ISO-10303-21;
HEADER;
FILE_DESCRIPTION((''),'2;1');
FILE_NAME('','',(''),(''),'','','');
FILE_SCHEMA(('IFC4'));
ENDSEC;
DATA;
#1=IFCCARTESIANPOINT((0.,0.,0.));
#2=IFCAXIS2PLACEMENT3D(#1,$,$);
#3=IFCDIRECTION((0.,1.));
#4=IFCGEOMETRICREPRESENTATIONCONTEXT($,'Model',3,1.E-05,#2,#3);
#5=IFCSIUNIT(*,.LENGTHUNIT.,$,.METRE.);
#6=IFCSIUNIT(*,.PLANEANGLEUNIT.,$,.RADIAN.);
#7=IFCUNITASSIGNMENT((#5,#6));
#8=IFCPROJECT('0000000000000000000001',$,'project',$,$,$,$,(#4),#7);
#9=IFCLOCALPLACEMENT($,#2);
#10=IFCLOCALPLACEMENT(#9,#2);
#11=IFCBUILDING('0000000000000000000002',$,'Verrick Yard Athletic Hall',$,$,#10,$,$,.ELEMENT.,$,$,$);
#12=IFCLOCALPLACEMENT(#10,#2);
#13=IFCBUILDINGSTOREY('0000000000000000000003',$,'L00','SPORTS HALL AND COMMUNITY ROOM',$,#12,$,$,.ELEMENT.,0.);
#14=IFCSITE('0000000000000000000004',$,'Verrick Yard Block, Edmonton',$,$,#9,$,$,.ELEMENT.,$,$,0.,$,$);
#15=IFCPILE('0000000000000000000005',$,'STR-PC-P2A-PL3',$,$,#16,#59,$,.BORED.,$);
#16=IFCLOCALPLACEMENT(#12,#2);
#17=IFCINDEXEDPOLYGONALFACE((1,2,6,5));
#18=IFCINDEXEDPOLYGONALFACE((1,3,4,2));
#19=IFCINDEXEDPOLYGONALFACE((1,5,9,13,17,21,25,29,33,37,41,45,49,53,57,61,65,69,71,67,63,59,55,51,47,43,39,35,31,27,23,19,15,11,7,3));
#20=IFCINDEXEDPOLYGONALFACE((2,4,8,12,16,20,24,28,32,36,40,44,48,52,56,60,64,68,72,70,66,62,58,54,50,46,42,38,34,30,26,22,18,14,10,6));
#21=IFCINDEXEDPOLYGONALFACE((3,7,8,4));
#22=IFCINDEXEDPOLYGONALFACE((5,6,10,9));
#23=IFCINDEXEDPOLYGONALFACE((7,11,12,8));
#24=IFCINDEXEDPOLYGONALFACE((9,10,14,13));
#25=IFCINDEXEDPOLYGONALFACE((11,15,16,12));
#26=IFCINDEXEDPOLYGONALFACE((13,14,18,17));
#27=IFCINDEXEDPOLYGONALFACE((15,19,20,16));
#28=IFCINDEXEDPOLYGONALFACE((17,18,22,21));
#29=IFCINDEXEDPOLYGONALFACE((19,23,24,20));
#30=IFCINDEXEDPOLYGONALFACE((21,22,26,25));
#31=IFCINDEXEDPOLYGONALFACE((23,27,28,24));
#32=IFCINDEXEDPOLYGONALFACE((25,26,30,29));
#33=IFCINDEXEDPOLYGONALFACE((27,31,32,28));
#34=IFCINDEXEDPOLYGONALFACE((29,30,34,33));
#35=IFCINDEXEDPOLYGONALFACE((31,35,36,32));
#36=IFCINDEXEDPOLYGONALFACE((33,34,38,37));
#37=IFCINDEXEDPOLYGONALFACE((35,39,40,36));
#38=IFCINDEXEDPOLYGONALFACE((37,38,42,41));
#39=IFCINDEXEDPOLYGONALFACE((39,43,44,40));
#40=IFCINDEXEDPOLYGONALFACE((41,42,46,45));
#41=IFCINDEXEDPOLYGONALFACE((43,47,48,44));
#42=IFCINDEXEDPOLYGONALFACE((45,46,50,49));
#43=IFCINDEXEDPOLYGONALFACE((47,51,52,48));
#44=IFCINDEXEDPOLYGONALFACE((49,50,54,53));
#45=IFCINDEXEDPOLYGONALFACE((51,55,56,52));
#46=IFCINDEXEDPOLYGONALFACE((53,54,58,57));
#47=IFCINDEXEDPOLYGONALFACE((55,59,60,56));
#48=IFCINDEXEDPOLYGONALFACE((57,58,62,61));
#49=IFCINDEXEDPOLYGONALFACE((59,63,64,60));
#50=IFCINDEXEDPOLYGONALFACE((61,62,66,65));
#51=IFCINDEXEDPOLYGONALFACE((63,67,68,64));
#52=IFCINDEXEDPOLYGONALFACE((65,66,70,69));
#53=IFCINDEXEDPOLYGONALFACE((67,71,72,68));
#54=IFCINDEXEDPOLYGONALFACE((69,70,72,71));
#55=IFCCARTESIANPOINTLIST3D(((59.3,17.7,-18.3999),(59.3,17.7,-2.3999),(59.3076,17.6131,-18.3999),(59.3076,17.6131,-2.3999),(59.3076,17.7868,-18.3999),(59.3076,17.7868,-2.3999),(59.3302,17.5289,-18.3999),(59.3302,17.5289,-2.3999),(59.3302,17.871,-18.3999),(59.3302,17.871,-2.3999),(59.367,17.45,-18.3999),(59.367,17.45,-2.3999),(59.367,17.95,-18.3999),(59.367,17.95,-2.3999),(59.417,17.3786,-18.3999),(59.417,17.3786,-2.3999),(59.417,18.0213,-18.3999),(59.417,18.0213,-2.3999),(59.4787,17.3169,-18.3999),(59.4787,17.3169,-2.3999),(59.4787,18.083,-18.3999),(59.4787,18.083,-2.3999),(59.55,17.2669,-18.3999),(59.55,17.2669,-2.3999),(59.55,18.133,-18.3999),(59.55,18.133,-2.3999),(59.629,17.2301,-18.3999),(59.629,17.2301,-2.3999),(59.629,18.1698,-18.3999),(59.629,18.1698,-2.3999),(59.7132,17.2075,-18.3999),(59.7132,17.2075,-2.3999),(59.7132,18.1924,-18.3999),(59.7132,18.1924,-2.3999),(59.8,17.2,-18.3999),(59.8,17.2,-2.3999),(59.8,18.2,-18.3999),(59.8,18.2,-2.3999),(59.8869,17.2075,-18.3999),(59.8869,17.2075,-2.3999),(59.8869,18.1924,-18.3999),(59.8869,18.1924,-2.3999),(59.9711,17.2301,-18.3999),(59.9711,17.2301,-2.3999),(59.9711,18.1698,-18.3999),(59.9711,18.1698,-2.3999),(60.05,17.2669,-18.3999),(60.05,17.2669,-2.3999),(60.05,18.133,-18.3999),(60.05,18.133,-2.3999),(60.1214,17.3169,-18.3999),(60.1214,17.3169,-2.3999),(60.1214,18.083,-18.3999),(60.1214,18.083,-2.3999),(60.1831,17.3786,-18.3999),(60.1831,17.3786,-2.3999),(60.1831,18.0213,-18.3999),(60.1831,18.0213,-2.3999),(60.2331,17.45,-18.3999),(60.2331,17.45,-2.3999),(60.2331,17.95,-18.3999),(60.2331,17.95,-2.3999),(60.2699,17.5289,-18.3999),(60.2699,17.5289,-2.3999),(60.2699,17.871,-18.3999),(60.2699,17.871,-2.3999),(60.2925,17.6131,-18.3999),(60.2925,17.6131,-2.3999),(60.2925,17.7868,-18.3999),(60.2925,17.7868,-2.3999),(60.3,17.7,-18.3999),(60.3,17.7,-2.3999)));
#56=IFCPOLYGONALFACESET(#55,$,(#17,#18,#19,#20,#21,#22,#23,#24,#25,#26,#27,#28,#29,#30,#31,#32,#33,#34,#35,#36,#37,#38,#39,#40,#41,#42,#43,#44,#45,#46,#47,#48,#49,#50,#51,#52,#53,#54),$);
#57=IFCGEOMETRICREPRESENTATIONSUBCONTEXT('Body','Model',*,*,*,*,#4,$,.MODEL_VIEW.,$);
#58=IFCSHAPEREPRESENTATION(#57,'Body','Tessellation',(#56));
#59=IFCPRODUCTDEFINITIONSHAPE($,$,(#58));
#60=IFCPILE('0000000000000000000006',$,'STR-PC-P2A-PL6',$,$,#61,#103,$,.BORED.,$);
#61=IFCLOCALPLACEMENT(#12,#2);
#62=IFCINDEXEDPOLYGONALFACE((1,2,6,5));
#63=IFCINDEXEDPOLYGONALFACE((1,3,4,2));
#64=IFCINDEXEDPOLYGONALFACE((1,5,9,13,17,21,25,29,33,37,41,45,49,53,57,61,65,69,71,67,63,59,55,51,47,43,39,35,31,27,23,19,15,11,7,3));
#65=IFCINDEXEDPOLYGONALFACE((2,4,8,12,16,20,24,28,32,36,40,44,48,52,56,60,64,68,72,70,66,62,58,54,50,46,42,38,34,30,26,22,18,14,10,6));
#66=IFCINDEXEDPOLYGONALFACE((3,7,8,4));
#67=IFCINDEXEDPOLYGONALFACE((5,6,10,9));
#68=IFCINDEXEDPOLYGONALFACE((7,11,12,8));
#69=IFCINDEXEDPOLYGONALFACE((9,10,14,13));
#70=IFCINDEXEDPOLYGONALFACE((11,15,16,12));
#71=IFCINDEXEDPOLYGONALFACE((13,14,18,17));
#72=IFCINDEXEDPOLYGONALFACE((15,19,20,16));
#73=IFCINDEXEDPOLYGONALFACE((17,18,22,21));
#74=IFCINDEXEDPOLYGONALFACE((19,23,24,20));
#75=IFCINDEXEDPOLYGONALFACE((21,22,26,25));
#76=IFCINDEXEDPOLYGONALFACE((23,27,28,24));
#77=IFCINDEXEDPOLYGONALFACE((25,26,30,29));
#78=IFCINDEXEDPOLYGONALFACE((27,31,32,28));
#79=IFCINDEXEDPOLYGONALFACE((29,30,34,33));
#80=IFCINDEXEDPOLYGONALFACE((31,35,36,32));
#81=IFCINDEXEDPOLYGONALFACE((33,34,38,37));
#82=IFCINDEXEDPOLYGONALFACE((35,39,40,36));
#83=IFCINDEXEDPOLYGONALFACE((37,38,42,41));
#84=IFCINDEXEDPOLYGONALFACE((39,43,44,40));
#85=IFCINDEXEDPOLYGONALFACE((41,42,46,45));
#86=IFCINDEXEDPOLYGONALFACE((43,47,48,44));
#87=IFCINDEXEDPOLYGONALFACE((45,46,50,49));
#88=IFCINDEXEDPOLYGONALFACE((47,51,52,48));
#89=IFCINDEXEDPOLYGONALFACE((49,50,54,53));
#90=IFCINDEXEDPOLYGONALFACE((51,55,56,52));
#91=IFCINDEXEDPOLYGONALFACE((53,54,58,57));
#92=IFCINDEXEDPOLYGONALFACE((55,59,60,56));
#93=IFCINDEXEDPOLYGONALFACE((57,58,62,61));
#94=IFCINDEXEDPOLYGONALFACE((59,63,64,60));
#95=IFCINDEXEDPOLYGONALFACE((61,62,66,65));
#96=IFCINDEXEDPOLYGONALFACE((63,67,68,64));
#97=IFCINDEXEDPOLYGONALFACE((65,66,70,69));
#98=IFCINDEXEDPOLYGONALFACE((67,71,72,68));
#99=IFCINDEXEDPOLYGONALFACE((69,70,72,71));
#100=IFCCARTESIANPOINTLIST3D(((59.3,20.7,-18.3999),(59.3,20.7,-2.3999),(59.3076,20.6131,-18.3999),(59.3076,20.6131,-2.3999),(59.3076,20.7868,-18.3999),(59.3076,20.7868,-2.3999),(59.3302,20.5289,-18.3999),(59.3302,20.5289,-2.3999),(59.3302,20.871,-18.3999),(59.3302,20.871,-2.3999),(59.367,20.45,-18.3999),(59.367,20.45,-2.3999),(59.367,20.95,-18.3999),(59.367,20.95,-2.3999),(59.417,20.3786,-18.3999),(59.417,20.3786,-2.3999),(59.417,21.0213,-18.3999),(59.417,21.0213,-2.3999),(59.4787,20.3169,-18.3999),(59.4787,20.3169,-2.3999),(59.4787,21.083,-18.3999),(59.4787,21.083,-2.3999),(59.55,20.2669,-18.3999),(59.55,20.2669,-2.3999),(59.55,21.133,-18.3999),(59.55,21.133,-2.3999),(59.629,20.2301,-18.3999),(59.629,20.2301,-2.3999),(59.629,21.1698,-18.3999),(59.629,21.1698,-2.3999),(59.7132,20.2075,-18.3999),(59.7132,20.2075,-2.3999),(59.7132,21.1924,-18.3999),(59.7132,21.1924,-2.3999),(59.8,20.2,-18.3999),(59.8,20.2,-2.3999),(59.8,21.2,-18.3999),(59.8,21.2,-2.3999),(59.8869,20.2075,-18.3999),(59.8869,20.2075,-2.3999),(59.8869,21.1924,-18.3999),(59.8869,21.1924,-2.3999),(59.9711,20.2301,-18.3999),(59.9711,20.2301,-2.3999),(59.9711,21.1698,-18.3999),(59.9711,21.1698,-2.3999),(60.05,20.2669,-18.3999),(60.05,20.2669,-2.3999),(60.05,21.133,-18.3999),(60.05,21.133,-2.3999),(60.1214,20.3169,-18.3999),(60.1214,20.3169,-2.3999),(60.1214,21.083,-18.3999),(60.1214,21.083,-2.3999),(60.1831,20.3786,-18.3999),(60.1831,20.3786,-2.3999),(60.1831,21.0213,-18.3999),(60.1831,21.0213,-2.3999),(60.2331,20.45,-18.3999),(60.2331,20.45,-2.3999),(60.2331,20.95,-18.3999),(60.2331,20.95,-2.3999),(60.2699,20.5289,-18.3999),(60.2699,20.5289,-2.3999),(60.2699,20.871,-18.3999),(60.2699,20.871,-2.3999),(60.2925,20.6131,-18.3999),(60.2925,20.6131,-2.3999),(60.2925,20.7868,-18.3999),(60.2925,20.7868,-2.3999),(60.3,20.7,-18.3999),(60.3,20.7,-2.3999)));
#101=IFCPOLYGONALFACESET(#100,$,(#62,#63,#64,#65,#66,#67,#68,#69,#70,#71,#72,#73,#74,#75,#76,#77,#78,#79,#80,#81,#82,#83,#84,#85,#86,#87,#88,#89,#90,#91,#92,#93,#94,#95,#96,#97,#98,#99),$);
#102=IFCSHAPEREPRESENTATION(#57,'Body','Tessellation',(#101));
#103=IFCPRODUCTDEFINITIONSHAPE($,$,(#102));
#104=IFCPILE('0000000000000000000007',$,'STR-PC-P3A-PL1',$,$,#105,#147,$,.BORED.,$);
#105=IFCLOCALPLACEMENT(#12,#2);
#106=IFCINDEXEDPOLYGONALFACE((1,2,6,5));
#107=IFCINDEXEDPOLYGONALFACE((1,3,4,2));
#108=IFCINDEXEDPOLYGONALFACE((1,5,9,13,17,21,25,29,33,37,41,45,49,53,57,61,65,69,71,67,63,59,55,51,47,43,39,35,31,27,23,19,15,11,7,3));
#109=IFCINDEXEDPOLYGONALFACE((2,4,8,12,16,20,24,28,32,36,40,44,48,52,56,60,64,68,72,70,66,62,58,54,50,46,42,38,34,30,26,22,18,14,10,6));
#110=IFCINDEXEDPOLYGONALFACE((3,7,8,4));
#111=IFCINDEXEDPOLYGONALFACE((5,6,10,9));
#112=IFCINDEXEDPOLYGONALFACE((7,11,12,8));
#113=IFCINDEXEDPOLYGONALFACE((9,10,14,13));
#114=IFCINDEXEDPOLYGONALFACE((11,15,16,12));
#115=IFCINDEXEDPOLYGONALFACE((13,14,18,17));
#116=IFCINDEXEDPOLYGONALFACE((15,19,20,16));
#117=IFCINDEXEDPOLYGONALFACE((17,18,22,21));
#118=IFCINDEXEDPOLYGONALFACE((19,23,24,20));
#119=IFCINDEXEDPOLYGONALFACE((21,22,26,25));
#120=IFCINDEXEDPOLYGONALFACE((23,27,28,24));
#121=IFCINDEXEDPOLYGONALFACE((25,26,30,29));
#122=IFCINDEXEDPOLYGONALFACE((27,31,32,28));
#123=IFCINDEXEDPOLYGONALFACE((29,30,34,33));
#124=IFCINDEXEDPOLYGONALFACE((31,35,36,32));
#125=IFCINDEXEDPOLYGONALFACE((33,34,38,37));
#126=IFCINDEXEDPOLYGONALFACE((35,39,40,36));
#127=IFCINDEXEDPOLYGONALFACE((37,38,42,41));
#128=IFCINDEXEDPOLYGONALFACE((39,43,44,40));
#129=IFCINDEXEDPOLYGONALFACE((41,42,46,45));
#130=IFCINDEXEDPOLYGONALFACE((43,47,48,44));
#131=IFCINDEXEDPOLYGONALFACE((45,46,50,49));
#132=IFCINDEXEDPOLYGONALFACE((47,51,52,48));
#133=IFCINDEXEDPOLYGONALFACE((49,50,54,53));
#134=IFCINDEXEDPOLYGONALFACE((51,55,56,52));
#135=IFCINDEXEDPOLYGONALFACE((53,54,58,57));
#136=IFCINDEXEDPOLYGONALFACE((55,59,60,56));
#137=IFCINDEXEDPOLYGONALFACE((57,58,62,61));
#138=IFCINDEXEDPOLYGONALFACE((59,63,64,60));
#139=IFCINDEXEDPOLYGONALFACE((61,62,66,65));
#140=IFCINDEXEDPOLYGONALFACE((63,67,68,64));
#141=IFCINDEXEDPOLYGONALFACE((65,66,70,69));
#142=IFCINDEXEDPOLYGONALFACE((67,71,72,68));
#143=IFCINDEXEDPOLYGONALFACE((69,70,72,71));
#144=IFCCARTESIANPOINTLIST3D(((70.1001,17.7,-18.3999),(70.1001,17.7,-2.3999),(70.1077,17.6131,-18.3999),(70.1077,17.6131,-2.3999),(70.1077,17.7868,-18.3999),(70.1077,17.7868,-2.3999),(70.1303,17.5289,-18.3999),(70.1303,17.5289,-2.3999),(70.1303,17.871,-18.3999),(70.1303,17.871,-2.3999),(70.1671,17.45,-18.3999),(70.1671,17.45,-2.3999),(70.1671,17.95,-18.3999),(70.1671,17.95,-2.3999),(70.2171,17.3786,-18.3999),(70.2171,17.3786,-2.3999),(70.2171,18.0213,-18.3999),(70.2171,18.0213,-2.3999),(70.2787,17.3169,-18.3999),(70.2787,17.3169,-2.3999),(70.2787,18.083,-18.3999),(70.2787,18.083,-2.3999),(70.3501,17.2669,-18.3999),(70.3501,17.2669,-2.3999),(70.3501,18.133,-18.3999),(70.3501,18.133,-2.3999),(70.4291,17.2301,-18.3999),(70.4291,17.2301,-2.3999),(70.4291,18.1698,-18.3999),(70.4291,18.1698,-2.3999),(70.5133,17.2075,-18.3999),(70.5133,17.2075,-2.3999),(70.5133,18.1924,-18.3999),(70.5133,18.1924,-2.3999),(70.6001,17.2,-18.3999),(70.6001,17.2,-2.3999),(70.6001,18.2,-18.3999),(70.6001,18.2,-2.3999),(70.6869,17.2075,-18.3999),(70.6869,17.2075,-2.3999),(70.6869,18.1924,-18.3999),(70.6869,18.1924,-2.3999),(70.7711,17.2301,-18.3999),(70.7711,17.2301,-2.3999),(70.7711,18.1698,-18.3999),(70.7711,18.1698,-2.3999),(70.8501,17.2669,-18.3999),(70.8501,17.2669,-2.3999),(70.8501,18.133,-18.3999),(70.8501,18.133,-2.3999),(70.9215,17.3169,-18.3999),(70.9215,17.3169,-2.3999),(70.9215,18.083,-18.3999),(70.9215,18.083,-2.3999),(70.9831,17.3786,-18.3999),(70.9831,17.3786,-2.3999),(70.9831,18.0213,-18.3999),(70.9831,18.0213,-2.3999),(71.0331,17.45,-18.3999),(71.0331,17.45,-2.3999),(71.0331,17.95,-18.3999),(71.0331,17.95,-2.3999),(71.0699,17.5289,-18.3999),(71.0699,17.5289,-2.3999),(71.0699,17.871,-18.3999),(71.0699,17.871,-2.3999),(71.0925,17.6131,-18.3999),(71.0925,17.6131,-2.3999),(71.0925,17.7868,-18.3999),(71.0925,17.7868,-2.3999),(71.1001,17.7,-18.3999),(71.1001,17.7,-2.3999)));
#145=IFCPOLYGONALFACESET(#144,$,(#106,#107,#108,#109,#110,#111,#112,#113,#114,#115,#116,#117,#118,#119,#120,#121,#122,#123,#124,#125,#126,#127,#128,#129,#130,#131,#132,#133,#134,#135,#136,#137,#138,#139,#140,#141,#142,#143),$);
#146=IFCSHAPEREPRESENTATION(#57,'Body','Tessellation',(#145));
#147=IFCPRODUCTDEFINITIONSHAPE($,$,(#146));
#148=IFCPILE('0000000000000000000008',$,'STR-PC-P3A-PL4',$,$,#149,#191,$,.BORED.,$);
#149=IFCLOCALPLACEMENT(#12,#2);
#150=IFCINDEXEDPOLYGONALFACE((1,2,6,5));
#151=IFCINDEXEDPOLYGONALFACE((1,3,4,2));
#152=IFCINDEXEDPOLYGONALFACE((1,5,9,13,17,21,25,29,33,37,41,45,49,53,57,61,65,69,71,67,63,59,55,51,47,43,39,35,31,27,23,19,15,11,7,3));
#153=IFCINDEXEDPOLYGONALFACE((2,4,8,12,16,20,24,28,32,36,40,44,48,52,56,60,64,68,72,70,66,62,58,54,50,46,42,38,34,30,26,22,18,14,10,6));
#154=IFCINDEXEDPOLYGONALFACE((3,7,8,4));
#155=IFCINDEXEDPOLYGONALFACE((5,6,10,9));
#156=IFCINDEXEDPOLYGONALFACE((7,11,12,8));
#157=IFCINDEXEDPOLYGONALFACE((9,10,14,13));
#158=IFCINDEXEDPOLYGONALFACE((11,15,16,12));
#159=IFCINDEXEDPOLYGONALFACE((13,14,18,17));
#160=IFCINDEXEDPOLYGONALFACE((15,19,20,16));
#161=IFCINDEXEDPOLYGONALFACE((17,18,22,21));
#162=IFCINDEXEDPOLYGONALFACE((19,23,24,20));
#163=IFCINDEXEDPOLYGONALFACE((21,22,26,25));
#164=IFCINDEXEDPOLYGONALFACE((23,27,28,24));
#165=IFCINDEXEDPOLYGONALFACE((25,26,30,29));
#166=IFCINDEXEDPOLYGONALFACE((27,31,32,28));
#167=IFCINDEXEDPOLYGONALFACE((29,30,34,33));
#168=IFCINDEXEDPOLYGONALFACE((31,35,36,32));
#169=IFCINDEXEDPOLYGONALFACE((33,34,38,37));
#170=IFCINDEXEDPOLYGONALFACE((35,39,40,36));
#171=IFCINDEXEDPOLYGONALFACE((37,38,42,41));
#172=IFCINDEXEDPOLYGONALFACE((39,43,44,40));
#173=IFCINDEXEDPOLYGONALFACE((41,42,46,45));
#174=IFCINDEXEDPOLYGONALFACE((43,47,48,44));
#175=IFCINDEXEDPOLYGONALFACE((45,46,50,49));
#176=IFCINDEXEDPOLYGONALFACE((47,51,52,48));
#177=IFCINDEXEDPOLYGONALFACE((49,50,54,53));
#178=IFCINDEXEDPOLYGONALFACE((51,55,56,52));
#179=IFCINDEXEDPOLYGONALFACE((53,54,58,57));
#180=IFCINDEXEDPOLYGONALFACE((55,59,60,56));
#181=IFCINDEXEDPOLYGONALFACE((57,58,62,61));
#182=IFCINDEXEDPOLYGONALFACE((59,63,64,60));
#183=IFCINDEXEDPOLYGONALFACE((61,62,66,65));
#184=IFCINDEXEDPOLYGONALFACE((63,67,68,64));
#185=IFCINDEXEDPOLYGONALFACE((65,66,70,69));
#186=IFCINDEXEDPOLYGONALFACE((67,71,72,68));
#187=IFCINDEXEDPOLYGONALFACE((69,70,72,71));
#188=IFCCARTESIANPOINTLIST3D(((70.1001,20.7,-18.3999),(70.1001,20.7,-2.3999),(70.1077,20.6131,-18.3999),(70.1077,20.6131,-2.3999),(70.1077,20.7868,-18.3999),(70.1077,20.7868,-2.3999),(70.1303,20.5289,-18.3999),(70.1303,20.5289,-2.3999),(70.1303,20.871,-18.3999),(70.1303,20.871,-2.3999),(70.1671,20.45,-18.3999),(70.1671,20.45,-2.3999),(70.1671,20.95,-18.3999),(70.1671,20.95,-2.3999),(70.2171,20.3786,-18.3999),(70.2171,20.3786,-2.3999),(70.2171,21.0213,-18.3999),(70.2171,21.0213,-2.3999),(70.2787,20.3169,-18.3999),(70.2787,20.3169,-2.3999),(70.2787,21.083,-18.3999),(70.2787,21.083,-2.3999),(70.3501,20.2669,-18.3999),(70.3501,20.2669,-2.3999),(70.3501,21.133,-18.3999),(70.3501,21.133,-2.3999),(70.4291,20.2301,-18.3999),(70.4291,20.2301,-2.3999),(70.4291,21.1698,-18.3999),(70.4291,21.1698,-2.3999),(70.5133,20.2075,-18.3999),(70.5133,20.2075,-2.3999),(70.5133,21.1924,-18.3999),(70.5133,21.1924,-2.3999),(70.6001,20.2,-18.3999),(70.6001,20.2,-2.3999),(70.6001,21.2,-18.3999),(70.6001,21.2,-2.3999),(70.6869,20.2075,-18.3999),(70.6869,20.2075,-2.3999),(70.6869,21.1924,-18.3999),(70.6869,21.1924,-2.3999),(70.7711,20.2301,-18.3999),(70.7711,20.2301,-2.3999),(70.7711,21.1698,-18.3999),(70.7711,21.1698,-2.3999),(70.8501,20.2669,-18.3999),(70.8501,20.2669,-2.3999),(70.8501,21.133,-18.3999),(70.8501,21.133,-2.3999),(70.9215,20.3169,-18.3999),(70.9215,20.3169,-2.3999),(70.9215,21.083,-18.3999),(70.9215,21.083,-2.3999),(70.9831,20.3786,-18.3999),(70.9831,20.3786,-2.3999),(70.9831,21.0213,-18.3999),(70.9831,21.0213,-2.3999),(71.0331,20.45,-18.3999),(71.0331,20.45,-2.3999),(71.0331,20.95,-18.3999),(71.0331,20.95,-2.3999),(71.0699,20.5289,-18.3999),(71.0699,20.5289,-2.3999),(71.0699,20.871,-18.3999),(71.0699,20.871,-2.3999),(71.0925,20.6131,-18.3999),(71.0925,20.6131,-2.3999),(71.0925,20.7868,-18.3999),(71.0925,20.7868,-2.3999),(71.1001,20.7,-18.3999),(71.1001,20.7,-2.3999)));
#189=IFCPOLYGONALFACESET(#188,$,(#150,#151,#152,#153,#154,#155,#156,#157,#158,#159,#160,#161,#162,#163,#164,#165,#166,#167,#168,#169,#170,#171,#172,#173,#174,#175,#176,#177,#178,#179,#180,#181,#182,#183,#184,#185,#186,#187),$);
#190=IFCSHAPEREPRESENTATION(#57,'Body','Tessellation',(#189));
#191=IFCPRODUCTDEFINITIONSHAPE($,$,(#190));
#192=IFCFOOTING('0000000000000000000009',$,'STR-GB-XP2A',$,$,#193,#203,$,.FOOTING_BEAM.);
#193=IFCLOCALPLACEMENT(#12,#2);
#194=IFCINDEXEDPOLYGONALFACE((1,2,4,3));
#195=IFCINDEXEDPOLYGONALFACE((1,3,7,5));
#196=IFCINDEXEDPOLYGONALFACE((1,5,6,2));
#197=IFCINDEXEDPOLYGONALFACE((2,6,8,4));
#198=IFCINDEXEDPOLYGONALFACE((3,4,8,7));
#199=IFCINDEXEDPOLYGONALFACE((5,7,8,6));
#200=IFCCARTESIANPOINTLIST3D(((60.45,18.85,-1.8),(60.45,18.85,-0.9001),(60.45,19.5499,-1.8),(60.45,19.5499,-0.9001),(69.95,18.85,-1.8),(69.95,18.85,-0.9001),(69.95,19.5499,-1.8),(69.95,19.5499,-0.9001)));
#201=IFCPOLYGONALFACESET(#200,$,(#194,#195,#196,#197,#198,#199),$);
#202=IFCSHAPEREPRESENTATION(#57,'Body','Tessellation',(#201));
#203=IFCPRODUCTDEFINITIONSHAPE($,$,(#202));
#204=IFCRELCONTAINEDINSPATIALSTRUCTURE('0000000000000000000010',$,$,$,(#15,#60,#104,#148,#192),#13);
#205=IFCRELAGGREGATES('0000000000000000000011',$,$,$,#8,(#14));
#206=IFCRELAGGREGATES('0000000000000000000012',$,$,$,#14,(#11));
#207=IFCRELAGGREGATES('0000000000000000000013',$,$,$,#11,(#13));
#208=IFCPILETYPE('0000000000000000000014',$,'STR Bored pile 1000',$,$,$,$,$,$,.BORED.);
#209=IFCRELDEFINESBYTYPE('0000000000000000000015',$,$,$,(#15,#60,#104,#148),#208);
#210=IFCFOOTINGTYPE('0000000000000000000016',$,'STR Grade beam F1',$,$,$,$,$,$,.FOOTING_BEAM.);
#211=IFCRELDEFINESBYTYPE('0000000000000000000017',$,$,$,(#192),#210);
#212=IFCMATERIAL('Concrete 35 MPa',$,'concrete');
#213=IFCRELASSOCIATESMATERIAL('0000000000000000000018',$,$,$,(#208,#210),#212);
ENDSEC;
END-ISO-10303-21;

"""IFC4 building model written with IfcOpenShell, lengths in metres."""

from ifc_helpers import new_model, si_unit, direction, frame, origin, origin_2d, place, context, subcontext, project, spatial, rectangle, circle, extrude, material, material_profile, profile_set, type_object, element, save


model = new_model("IFC4")

# Units and contexts
model_context = context("Model", 3, precision=1e-05, world=origin(), true_north=direction((0.0, 1.0)))
body_context = subcontext(model_context, "Body", "Model", "MODEL_VIEW")
ifc_project = project(units=[si_unit("LENGTHUNIT", "METRE"), si_unit("PLANEANGLEUNIT", "RADIAN")], contexts=[model_context])

# Site, building, storey
site_placement = place(None, origin())
site = spatial("IfcSite", under=ifc_project, at=site_placement, Name="Verrick Yard Block, Edmonton", CompositionType="ELEMENT", RefElevation=0.0)
building_placement = place(site_placement, origin())
building = spatial("IfcBuilding", under=site, at=building_placement, Name="Verrick Yard Athletic Hall", CompositionType="ELEMENT")
storey_placement = place(building_placement, origin())
storey = spatial("IfcBuildingStorey", under=building, at=storey_placement, Name="L00", Description="SPORTS HALL AND COMMUNITY ROOM", CompositionType="ELEMENT", Elevation=0.0)

# Piles
ifc_material_1 = material(Name="Concrete 35 MPa", Category="concrete")
pile_type = type_object("IfcPileType", Name="STR Bored pile 1000", PredefinedType="BORED", material=ifc_material_1)
for number, where, z_axis, x_axis, name in (
    (1, (59.8, 17.7, -2.3999), (0.0, 0.0, -1.0), (1.0, 0.0, 0.0), "STR-PC-P2A-PL3"),
    (2, (59.8, 20.7, -2.3999), (0.0, 0.0, -1.0), (1.0, 0.0, 0.0), "STR-PC-P2A-PL6"),
    (3, (70.6001, 17.7, -2.3999), (0.0, 0.0, -1.0), (1.0, 0.0, 0.0), "STR-PC-P3A-PL1"),
    (4, (70.6001, 20.7, -2.3999), (0.0, 0.0, -1.0), (1.0, 0.0, 0.0), "STR-PC-P3A-PL4"),
):
    element("IfcPile", number, at=place(storey_placement, frame(where, z_axis=z_axis, x_axis=x_axis)), inside=storey, type_object=pile_type, Name=name, PredefinedType="BORED", context=body_context, shape_type="SweptSolid", body=[
        extrude(circle(Radius=0.5, at=origin_2d()), origin(), (0.0, 0.0, 1.0), 16.0),
    ])

# Footing
ifc_material_profile_1 = material_profile(ifc_material_1, rectangle(XDim=0.7, YDim=0.8999, at=origin_2d()), Name="STR Grade beam F1")
ifc_profile_set_1 = profile_set([ifc_material_profile_1], Name="Concrete 35 MPa")
footing_type = type_object("IfcFootingType", Name="STR Grade beam F1", PredefinedType="FOOTING_BEAM", material=ifc_profile_set_1)
footing_placement = place(storey_placement, frame((60.45, 19.2, -1.3501), z_axis=(1.0, 0.0, 0.0), x_axis=(0.0, 1.0, 0.0)))
element("IfcFooting", 5, at=footing_placement, inside=storey, type_object=footing_type, Name="STR-GB-XP2A", PredefinedType="FOOTING_BEAM", context=body_context, shape_type="SweptSolid", body=[
    extrude(rectangle(XDim=0.7, YDim=0.8999, at=origin_2d()), origin(), (0.0, 0.0, 1.0), 9.5),
])

save(model, "model.ifc")
